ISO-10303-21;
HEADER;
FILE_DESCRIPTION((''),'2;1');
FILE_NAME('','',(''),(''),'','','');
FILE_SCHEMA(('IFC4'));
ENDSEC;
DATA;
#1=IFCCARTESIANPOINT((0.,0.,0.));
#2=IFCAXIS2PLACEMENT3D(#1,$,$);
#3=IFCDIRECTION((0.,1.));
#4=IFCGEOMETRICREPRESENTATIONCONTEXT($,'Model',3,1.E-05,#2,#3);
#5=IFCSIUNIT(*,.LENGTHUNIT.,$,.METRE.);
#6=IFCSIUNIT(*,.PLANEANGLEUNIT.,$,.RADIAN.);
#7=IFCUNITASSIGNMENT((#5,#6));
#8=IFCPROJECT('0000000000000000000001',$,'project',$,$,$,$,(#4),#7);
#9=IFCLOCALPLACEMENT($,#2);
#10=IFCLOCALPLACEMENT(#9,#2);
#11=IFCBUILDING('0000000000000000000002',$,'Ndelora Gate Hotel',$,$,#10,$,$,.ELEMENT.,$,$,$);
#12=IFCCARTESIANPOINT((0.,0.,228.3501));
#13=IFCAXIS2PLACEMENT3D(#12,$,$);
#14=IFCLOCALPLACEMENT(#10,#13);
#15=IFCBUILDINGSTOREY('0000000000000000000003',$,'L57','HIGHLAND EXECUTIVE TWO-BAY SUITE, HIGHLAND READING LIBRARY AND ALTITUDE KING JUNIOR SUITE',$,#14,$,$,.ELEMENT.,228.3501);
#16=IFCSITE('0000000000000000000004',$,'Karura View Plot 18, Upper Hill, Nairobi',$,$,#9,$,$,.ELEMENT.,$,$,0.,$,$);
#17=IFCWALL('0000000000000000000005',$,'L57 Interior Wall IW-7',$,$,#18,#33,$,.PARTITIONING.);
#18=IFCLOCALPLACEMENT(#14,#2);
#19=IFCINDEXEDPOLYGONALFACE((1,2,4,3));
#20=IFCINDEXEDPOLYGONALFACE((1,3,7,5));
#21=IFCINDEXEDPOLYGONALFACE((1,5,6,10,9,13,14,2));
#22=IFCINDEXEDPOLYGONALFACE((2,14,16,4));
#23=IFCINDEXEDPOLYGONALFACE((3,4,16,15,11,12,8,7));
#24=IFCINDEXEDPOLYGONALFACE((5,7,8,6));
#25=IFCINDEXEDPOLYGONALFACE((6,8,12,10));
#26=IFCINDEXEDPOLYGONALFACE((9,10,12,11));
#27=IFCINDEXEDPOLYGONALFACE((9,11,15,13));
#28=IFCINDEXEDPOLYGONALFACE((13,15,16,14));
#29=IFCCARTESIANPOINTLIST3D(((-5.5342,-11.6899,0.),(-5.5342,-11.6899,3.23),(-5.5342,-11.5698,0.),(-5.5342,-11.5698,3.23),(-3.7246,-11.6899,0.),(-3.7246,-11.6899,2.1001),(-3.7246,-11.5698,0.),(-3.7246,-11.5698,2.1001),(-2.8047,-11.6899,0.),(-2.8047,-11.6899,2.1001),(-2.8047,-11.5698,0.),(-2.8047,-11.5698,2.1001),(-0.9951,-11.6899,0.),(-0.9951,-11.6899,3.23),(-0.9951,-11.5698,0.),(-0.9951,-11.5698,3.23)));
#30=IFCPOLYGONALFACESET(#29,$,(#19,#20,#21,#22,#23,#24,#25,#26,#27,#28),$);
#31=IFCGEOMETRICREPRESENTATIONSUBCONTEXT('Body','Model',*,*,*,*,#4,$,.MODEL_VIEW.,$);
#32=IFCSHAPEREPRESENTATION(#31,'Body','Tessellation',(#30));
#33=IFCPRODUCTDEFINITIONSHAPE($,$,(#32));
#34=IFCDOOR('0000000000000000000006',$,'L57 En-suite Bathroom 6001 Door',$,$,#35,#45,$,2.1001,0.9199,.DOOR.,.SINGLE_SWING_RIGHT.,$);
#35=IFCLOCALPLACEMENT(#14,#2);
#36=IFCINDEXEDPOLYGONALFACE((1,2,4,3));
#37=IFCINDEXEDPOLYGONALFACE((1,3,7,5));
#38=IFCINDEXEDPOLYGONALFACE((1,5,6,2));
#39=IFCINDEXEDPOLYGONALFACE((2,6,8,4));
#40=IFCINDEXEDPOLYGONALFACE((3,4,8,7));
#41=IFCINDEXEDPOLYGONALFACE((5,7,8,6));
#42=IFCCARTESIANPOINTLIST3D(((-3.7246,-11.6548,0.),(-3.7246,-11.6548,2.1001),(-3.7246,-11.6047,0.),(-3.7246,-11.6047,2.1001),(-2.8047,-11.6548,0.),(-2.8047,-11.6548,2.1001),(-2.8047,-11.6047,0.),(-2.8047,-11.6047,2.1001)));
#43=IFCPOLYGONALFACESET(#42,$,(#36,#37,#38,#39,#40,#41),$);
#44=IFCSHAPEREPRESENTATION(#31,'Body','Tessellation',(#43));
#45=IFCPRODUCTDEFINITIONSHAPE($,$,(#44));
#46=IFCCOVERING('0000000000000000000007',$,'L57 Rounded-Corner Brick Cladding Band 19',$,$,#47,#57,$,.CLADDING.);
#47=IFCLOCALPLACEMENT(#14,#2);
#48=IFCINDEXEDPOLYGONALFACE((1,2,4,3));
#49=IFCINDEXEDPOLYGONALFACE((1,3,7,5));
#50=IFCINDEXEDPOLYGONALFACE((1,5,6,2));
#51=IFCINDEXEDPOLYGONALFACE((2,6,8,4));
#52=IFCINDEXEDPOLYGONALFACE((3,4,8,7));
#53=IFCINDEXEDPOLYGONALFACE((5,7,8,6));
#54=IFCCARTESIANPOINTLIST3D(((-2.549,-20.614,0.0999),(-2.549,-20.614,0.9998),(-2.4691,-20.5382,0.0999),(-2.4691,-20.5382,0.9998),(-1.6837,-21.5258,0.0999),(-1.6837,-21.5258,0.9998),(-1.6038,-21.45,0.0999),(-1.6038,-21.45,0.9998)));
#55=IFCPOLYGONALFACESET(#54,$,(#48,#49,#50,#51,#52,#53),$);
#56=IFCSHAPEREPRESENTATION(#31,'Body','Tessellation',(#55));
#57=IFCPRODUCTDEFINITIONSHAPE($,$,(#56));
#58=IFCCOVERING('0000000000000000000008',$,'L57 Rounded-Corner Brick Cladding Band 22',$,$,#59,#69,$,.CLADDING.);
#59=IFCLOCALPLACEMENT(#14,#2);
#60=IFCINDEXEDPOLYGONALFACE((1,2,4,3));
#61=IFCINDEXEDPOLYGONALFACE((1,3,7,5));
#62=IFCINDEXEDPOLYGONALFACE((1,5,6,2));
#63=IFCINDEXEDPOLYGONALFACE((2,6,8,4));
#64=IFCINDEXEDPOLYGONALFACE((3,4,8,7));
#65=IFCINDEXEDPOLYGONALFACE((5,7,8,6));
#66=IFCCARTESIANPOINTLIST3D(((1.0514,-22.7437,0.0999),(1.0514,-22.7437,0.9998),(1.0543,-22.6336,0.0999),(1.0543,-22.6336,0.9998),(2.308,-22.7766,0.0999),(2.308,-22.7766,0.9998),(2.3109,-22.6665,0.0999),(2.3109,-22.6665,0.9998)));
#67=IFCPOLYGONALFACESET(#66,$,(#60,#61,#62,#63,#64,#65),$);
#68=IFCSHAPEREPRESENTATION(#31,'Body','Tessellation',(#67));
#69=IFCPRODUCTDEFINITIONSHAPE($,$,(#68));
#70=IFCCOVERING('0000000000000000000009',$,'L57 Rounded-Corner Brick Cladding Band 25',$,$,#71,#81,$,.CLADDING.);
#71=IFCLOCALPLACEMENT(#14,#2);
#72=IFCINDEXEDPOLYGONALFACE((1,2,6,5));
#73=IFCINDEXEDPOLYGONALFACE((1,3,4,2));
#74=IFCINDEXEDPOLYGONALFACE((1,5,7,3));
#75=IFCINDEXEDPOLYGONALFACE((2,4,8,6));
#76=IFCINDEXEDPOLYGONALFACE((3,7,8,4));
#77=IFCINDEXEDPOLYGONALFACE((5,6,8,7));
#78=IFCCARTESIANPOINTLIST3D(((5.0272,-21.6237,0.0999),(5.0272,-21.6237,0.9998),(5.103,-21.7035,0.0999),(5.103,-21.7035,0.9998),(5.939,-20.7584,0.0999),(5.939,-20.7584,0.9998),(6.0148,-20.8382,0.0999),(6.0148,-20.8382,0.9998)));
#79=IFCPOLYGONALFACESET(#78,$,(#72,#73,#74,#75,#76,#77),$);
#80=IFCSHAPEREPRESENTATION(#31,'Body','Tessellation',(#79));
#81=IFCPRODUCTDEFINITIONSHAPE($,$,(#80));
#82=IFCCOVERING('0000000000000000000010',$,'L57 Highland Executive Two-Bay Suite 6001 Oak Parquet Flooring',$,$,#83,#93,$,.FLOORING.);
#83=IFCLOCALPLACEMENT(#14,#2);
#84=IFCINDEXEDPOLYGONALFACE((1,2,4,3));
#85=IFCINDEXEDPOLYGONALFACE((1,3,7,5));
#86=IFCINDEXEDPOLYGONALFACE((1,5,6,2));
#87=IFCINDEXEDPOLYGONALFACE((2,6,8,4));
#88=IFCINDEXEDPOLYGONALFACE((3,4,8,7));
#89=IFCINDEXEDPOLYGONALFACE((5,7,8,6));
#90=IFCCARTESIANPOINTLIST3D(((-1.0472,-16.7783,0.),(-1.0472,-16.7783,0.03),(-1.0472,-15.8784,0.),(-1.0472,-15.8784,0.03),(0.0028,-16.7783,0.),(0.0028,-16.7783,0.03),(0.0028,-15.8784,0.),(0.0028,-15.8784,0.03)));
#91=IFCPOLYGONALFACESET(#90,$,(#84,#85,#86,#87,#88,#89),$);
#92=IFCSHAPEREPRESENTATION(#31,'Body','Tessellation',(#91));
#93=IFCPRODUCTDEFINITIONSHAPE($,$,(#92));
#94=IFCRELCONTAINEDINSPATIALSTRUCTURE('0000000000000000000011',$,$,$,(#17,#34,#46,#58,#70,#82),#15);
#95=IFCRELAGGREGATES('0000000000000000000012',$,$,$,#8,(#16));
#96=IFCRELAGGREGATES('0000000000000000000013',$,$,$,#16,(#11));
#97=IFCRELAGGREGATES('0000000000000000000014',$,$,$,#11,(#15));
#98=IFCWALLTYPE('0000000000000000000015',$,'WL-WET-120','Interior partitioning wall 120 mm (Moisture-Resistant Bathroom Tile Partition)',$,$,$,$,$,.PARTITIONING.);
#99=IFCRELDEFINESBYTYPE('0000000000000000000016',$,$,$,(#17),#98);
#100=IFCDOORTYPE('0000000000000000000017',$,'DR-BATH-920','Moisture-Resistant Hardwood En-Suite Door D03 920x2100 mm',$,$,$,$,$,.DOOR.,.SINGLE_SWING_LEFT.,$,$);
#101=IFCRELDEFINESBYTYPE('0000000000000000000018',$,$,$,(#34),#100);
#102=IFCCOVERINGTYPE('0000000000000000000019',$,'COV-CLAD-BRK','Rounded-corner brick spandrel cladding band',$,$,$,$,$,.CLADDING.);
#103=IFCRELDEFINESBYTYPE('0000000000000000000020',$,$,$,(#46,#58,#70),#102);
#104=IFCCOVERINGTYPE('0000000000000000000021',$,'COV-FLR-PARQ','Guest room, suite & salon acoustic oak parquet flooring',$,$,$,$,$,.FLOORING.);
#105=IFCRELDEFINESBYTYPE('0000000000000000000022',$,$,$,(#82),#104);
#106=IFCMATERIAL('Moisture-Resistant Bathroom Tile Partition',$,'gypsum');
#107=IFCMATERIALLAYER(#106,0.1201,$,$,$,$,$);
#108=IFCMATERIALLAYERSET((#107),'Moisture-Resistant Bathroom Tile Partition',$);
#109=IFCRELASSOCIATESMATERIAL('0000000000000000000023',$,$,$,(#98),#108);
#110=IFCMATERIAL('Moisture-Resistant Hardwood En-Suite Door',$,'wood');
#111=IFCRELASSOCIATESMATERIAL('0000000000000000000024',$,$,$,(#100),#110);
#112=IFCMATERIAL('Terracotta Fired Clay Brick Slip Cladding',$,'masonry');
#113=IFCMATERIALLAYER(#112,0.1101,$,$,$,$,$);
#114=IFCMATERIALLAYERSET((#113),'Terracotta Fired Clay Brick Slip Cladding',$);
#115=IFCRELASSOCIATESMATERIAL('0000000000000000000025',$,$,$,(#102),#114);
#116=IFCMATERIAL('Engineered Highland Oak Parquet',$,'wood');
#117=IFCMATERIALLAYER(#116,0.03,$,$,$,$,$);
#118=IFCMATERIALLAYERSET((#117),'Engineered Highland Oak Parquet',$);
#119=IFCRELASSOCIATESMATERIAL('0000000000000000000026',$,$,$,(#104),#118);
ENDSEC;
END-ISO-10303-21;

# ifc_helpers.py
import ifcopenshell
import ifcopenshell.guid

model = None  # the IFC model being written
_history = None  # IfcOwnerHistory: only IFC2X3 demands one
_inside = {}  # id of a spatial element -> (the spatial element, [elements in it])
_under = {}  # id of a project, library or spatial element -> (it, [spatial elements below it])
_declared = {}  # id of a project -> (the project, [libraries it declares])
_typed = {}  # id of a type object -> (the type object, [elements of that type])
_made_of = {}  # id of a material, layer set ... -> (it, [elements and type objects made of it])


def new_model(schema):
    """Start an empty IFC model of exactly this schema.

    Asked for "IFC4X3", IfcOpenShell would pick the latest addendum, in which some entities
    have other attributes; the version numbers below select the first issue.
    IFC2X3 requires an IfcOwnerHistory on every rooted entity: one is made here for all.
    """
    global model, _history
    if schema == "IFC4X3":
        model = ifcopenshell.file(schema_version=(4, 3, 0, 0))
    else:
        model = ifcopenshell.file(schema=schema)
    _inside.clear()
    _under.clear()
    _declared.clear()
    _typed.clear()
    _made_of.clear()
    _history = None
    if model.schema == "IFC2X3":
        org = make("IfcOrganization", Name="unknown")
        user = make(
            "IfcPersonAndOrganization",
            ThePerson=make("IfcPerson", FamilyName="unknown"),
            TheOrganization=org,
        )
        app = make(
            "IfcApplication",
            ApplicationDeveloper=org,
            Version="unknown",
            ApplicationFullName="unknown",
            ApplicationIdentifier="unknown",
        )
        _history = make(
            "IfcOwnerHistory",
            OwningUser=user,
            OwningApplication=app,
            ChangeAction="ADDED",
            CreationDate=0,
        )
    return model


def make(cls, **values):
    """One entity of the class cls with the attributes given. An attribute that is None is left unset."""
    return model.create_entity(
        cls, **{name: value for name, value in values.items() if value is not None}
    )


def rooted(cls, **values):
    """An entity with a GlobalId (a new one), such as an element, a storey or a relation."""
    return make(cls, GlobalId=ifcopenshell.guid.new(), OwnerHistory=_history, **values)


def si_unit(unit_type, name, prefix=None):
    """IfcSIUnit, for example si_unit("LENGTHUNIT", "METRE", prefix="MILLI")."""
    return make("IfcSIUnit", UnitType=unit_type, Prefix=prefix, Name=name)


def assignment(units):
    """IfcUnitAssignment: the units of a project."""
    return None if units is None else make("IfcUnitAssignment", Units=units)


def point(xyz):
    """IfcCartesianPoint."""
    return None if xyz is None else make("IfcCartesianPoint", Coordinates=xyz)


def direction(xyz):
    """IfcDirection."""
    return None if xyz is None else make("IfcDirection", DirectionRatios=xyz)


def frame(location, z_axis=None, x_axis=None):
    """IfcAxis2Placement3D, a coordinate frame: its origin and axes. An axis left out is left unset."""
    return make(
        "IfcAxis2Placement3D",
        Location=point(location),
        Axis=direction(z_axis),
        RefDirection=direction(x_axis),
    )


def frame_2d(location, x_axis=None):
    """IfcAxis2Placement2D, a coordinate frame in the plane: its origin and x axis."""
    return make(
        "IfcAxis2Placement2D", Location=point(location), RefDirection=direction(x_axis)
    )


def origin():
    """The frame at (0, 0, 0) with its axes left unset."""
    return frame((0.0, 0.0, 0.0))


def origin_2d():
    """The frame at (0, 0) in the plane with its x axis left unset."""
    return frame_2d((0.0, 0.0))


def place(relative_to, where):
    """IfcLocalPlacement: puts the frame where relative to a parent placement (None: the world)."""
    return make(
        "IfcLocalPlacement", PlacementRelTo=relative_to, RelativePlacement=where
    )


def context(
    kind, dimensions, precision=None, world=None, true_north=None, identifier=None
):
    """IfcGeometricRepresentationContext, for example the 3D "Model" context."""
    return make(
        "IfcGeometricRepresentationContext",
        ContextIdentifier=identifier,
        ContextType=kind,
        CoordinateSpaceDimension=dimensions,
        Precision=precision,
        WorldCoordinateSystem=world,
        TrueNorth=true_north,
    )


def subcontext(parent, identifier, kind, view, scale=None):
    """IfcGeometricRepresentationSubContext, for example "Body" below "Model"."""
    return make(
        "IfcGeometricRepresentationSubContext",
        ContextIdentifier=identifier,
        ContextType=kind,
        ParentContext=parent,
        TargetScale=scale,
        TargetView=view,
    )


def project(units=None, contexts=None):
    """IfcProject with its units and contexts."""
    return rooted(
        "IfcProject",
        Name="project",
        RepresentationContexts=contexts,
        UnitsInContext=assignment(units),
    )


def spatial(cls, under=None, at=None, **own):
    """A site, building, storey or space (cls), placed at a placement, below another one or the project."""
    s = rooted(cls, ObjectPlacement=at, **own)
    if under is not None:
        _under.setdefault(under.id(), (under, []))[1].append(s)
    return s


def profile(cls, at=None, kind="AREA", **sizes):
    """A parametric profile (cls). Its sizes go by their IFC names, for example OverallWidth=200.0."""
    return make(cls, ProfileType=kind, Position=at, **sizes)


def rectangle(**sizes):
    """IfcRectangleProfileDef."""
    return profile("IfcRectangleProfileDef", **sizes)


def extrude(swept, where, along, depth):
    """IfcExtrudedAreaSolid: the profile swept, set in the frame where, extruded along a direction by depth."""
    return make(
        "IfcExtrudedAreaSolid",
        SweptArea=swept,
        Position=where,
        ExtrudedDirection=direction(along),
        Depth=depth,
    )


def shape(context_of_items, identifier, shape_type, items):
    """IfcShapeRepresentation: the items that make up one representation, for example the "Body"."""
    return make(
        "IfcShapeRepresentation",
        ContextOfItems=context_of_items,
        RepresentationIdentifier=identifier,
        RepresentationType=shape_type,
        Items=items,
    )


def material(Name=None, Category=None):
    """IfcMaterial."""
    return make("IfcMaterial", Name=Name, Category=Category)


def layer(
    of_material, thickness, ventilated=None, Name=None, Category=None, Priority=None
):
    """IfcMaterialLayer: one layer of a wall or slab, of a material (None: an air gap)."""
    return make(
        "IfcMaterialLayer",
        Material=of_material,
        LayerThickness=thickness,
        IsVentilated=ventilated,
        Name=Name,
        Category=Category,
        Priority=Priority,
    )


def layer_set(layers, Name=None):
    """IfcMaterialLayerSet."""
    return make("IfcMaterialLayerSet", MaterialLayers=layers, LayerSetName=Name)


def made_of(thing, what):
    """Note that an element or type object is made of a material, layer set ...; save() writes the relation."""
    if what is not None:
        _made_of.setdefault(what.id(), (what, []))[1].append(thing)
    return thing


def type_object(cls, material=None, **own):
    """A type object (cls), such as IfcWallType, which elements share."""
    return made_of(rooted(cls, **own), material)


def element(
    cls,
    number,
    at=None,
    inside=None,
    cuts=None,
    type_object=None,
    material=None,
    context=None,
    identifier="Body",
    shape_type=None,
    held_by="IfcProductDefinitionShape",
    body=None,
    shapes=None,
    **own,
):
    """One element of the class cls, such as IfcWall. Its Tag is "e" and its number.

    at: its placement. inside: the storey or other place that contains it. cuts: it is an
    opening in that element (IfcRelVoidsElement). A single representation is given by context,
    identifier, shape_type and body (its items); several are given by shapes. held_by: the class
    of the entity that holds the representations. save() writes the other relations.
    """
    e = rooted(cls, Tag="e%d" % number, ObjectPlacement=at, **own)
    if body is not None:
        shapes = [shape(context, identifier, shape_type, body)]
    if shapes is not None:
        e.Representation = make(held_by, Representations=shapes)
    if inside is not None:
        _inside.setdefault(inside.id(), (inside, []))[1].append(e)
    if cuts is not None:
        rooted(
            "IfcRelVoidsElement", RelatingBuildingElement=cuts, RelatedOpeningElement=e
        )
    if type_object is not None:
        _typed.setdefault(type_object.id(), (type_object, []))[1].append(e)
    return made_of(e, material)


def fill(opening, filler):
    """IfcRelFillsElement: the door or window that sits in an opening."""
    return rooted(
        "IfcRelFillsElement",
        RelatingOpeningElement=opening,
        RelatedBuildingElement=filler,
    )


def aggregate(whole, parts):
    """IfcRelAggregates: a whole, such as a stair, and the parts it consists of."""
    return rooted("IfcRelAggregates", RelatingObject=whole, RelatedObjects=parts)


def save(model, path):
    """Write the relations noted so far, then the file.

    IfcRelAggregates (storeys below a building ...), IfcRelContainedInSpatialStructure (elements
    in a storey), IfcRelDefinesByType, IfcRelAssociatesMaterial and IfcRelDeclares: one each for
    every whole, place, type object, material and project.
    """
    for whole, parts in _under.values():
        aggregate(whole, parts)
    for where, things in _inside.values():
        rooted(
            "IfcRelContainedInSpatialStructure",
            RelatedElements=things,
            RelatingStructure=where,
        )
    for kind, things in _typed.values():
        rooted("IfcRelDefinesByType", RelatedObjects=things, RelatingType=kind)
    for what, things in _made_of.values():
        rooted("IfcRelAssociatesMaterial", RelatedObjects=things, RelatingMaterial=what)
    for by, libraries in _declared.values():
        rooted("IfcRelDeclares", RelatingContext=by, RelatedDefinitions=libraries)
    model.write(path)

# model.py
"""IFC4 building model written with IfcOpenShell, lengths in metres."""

from ifc_helpers import new_model, si_unit, direction, frame, frame_2d, origin, origin_2d, place, context, subcontext, project, spatial, rectangle, extrude, material, layer, layer_set, type_object, element, fill, save


model = new_model("IFC4")

# Units and contexts
model_context = context("Model", 3, precision=1e-05, world=origin(), true_north=direction((0.0, 1.0)))
body_context = subcontext(model_context, "Body", "Model", "MODEL_VIEW")
ifc_project = project(units=[si_unit("LENGTHUNIT", "METRE"), si_unit("PLANEANGLEUNIT", "RADIAN")], contexts=[model_context])

# Site, building, storey
site_placement = place(None, origin())
site = spatial("IfcSite", under=ifc_project, at=site_placement, Name="Karura View Plot 18, Upper Hill, Nairobi", CompositionType="ELEMENT", RefElevation=0.0)
building_placement = place(site_placement, origin())
building = spatial("IfcBuilding", under=site, at=building_placement, Name="Ndelora Gate Hotel", CompositionType="ELEMENT")
storey_placement = place(building_placement, frame((0.0, 0.0, 228.3501)))
storey = spatial("IfcBuildingStorey", under=building, at=storey_placement, Name="L57", Description="HIGHLAND EXECUTIVE TWO-BAY SUITE, HIGHLAND READING LIBRARY AND ALTITUDE KING JUNIOR SUITE", CompositionType="ELEMENT", Elevation=228.3501)

# Shared definitions
ifc_material_1 = material(Name="Moisture-Resistant Bathroom Tile Partition", Category="gypsum")
ifc_layer_1 = layer(ifc_material_1, 0.1201)
ifc_layer_set_1 = layer_set([ifc_layer_1], Name="Moisture-Resistant Bathroom Tile Partition")
wall_type_1 = type_object("IfcWallType", Name="WL-WET-120", Description="Interior partitioning wall 120 mm (Moisture-Resistant Bathroom Tile Partition)", PredefinedType="PARTITIONING", material=ifc_layer_set_1)

# Wall, opening, door
wall_1_placement = place(storey_placement, frame((-0.9951, -11.6299, 0.0), z_axis=(0.0, 0.0, 1.0), x_axis=(-1.0, 0.0, 0.0)))
wall_1 = element("IfcWall", 1, at=wall_1_placement, inside=storey, type_object=wall_type_1, Name="L57 Interior Wall IW-7", PredefinedType="PARTITIONING", context=body_context, shape_type="SweptSolid", body=[
    extrude(rectangle(XDim=4.5391, YDim=0.1201, at=frame_2d((2.2695, 0.0))), origin(), (0.0, 0.0, 1.0), 3.23),
])
opening_placement = place(wall_1_placement, frame((1.8096, 0.0, 0.0)))
opening = element("IfcOpeningElement", 2, at=opening_placement, cuts=wall_1, PredefinedType="OPENING", context=body_context, shape_type="SweptSolid", body=[
    extrude(rectangle(XDim=0.9199, YDim=2.1001, at=frame_2d((0.46, 1.05))), frame((0.0, 0.0701, 0.0), z_axis=(0.0, -1.0, 0.0), x_axis=(1.0, 0.0, 0.0)), (0.0, 0.0, 1.0), 0.1401),
])
ifc_material_2 = material(Name="Moisture-Resistant Hardwood En-Suite Door", Category="wood")
door_type = type_object("IfcDoorType", Name="DR-BATH-920", Description="Moisture-Resistant Hardwood En-Suite Door D03 920x2100 mm", OperationType="SINGLE_SWING_LEFT", PredefinedType="DOOR", material=ifc_material_2)
door_placement = place(opening_placement, origin())
door = element("IfcDoor", 3, at=door_placement, inside=storey, type_object=door_type, Name="L57 En-suite Bathroom 6001 Door", OperationType="SINGLE_SWING_RIGHT", OverallHeight=2.1001, OverallWidth=0.9199, PredefinedType="DOOR", context=body_context, shape_type="SweptSolid", body=[
    extrude(rectangle(XDim=0.9199, YDim=2.1001, at=frame_2d((0.46, 1.05))), frame((0.0, 0.0249, 0.0), z_axis=(0.0, -1.0, 0.0), x_axis=(1.0, 0.0, 0.0)), (0.0, 0.0, 1.0), 0.05),
])
fill(opening, door)

# Coverings
ifc_material_3 = material(Name="Terracotta Fired Clay Brick Slip Cladding", Category="masonry")
ifc_layer_2 = layer(ifc_material_3, 0.1101)
ifc_layer_set_2 = layer_set([ifc_layer_2], Name="Terracotta Fired Clay Brick Slip Cladding")
covering_type_1 = type_object("IfcCoveringType", Name="COV-CLAD-BRK", Description="Rounded-corner brick spandrel cladding band", PredefinedType="CLADDING", material=ifc_layer_set_2)
for number, where, z_axis, x_axis, name in (
    (4, (-2.0764, -21.032, 0.0999), (0.0, 0.0, 1.0), (-0.688355, 0.725374, 0.0), "L57 Rounded-Corner Brick Cladding Band 19"),
    (5, (1.6812, -22.7051, 0.0999), (0.0, 0.0, 1.0), (-0.999657, 0.026177, 0.0), "L57 Rounded-Corner Brick Cladding Band 22"),
    (6, (5.521, -21.231, 0.0999), (0.0, 0.0, 1.0), (0.725374, 0.688355, 0.0), "L57 Rounded-Corner Brick Cladding Band 25"),
):
    element("IfcCovering", number, at=place(storey_placement, frame(where, z_axis=z_axis, x_axis=x_axis)), inside=storey, type_object=covering_type_1, Name=name, PredefinedType="CLADDING", context=body_context, shape_type="SweptSolid", body=[
        extrude(rectangle(XDim=1.2571, YDim=0.1101, at=origin_2d()), origin(), (0.0, 0.0, 1.0), 0.8999),
    ])
ifc_material_4 = material(Name="Engineered Highland Oak Parquet", Category="wood")
ifc_layer_3 = layer(ifc_material_4, 0.03)
ifc_layer_set_3 = layer_set([ifc_layer_3], Name="Engineered Highland Oak Parquet")
covering_type_2 = type_object("IfcCoveringType", Name="COV-FLR-PARQ", Description="Guest room, suite & salon acoustic oak parquet flooring", PredefinedType="FLOORING", material=ifc_layer_set_3)
covering_placement = place(storey_placement, frame((-0.5222, -16.3284, 0.0), z_axis=(0.0, 0.0, 1.0), x_axis=(1.0, 0.0, 0.0)))
element("IfcCovering", 7, at=covering_placement, inside=storey, type_object=covering_type_2, Name="L57 Highland Executive Two-Bay Suite 6001 Oak Parquet Flooring", PredefinedType="FLOORING", context=body_context, shape_type="SweptSolid", body=[
    extrude(rectangle(XDim=1.05, YDim=0.8999, at=origin_2d()), origin(), (0.0, 0.0, 1.0), 0.03),
])

save(model, "model.ifc")
